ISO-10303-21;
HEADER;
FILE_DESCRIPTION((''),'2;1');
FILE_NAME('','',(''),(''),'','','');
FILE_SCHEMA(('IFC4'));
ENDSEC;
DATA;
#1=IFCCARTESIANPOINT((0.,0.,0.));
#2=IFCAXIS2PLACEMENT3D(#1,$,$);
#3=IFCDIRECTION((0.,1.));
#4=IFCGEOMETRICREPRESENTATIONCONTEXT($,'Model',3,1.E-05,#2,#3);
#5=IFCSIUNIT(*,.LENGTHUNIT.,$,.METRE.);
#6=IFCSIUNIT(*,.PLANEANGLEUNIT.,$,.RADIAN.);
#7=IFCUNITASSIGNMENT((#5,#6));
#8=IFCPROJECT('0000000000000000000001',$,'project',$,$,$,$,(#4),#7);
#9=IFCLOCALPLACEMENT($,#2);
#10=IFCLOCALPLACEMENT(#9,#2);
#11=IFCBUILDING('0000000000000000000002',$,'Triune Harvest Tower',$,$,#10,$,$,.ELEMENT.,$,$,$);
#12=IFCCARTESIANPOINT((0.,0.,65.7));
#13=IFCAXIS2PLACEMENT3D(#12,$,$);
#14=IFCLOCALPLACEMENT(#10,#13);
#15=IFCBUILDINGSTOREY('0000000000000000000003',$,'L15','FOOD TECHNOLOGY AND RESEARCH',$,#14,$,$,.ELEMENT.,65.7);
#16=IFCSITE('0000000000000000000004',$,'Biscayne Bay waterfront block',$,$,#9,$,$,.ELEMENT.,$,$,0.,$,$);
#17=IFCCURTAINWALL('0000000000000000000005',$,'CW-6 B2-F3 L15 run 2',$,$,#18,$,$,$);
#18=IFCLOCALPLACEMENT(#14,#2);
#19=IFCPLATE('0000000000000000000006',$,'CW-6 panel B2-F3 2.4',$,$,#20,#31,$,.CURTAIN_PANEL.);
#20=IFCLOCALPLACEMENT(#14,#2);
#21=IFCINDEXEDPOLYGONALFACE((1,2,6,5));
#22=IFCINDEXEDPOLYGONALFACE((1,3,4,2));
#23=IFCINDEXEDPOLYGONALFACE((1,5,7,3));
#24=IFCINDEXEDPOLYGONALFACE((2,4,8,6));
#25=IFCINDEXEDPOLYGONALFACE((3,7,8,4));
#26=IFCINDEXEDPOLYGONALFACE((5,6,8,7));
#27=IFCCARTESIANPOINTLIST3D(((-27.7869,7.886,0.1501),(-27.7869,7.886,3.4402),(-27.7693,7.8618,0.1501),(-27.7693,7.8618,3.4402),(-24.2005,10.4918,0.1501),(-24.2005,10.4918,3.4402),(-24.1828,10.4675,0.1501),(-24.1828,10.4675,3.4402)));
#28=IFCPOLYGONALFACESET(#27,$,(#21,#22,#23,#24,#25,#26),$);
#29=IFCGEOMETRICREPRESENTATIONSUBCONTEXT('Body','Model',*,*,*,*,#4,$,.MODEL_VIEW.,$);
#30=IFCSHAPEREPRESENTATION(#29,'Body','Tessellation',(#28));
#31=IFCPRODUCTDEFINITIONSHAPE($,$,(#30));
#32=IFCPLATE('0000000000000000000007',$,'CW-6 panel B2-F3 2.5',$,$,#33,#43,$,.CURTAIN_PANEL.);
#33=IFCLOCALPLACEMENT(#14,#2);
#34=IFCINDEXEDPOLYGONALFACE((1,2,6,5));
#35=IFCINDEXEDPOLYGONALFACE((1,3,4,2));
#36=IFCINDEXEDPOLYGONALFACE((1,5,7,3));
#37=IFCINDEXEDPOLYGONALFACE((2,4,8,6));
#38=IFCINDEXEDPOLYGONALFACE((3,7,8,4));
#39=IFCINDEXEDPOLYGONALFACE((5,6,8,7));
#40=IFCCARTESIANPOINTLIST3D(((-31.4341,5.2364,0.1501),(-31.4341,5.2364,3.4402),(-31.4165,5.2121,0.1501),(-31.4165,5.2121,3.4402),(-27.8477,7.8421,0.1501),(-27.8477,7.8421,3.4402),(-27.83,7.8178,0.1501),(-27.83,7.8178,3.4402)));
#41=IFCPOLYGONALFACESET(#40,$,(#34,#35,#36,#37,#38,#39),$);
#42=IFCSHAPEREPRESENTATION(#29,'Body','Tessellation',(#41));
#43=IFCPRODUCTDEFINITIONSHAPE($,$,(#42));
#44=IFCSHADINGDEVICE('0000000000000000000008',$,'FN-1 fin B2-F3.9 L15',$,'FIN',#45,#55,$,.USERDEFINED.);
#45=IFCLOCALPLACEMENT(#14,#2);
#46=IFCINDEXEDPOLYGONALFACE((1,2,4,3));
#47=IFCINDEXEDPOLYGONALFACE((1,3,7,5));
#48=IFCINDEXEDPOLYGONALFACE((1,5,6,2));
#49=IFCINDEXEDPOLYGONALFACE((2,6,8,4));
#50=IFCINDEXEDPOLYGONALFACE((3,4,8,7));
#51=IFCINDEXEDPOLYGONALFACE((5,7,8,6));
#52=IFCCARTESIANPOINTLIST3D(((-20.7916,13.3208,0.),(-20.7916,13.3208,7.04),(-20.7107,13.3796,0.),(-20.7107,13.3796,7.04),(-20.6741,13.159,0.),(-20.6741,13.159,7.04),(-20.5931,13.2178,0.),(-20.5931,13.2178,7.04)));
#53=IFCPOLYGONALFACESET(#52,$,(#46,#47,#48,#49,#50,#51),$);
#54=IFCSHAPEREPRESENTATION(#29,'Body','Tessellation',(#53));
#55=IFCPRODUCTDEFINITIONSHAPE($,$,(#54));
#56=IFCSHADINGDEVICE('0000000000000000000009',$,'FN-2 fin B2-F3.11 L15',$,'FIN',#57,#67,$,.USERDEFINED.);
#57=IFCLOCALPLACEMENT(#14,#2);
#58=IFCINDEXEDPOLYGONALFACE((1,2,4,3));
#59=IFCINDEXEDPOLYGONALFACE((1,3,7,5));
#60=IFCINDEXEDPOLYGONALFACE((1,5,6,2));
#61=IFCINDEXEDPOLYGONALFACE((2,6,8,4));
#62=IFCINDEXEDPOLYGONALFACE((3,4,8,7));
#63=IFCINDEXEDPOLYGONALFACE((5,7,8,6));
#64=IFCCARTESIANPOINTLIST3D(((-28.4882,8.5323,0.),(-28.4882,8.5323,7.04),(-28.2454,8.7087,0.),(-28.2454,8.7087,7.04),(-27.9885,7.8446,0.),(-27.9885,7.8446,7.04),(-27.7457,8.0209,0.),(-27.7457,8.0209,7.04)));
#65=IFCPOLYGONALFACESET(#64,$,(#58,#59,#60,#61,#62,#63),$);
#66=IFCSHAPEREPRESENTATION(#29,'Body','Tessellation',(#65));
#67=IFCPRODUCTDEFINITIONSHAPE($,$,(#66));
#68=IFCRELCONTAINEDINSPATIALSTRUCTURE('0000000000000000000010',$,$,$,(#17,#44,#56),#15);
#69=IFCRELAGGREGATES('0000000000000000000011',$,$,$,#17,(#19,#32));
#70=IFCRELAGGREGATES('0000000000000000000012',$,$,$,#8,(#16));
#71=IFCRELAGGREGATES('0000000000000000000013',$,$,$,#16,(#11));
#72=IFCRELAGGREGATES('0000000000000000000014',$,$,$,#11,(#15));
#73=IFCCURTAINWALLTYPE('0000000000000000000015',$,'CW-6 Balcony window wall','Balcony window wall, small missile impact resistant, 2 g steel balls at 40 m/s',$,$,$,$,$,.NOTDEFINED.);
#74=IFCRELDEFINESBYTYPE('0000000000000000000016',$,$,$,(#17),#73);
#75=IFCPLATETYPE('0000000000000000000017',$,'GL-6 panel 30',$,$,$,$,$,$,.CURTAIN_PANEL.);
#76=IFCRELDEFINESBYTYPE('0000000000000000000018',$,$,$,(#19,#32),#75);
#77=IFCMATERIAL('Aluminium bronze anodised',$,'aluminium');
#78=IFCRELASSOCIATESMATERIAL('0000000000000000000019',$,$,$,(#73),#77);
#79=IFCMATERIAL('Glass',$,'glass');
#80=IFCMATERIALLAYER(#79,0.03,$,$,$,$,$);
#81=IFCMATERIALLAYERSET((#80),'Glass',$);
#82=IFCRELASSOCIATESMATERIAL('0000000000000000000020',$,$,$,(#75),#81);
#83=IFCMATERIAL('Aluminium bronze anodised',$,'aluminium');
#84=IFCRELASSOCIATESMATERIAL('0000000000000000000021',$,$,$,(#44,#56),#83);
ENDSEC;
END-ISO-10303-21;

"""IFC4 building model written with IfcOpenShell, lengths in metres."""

from ifc_helpers import new_model, si_unit, direction, frame, origin, origin_2d, place, context, subcontext, project, spatial, rectangle, extrude, source, transform, mapped, material, layer, layer_set, type_object, element, aggregate, save


model = new_model("IFC4")

# Units and contexts
model_context = context("Model", 3, precision=1e-05, world=origin(), true_north=direction((0.0, 1.0)))
body_context = subcontext(model_context, "Body", "Model", "MODEL_VIEW")
ifc_project = project(units=[si_unit("LENGTHUNIT", "METRE"), si_unit("PLANEANGLEUNIT", "RADIAN")], contexts=[model_context])

# Site, building, storey
site_placement = place(None, origin())
site = spatial("IfcSite", under=ifc_project, at=site_placement, Name="Biscayne Bay waterfront block", CompositionType="ELEMENT", RefElevation=0.0)
building_placement = place(site_placement, origin())
building = spatial("IfcBuilding", under=site, at=building_placement, Name="Triune Harvest Tower", CompositionType="ELEMENT")
storey_placement = place(building_placement, frame((0.0, 0.0, 65.7)))
storey = spatial("IfcBuildingStorey", under=building, at=storey_placement, Name="L15", Description="FOOD TECHNOLOGY AND RESEARCH", CompositionType="ELEMENT", Elevation=65.7)

# Curtain wall
ifc_material_1 = material(Name="Aluminium bronze anodised", Category="aluminium")
curtain_wall_type_1 = type_object("IfcCurtainWallType", Name="CW-6 Balcony window wall", Description="Balcony window wall, small missile impact resistant, 2 g steel balls at 40 m/s", PredefinedType="NOTDEFINED", material=ifc_material_1)
curtain_wall_1_placement = place(storey_placement, origin())
curtain_wall_1 = element("IfcCurtainWall", 1, at=curtain_wall_1_placement, inside=storey, type_object=curtain_wall_type_1, Name="CW-6 B2-F3 L15 run 2")

# Plates
ifc_material_2 = material(Name="Glass", Category="glass")
ifc_layer_1 = layer(ifc_material_2, 0.03)
ifc_layer_set_1 = layer_set([ifc_layer_1], Name="Glass")
plate_type_1 = type_object("IfcPlateType", Name="GL-6 panel 30", PredefinedType="CURTAIN_PANEL", material=ifc_layer_set_1)
shared_shape_1 = source(origin(), body_context, "Body", "SweptSolid", [
    extrude(rectangle(XDim=4.4331, YDim=0.03, at=origin_2d()), origin(), (0.0, 0.0, 1.0), 3.29),
])
plate_1_placement = place(storey_placement, frame((-25.9849, 9.1768, 0.1501), z_axis=(0.0, 0.0, 1.0), x_axis=(-0.809017, -0.587785, 0.0)))
plate_1 = element("IfcPlate", 2, at=plate_1_placement, type_object=plate_type_1, Name="CW-6 panel B2-F3 2.4", PredefinedType="CURTAIN_PANEL", context=body_context, shape_type="MappedRepresentation", body=[
    mapped(shared_shape_1, transform((0.0, 0.0, 0.0), scale=1.0)),
])
plate_2_placement = place(storey_placement, frame((-29.6321, 6.5271, 0.1501), z_axis=(0.0, 0.0, 1.0), x_axis=(-0.809017, -0.587785, 0.0)))
plate_2 = element("IfcPlate", 3, at=plate_2_placement, type_object=plate_type_1, Name="CW-6 panel B2-F3 2.5", PredefinedType="CURTAIN_PANEL", context=body_context, shape_type="MappedRepresentation", body=[
    mapped(shared_shape_1, transform((0.0, 0.0, 0.0), scale=1.0)),
])
aggregate(curtain_wall_1, [plate_1, plate_2])

# Shading devices
ifc_material_3 = material(Name="Aluminium bronze anodised", Category="aluminium")
shared_shape_2 = source(origin(), body_context, "Body", "SweptSolid", [
    extrude(rectangle(XDim=0.1001, YDim=0.2, at=origin_2d()), origin(), (0.0, 0.0, 1.0), 7.04),
])
shading_device_1_placement = place(storey_placement, frame((-20.6924, 13.2693, 0.0), z_axis=(0.0, 0.0, 1.0), x_axis=(-0.809017, -0.587785, 0.0)))
element("IfcShadingDevice", 4, at=shading_device_1_placement, inside=storey, material=ifc_material_3, Name="FN-1 fin B2-F3.9 L15", ObjectType="FIN", PredefinedType="USERDEFINED", context=body_context, shape_type="MappedRepresentation", body=[
    mapped(shared_shape_2, transform((0.0, 0.0, 0.0), scale=1.0)),
])
shared_shape_3 = source(origin(), body_context, "Body", "SweptSolid", [
    extrude(rectangle(XDim=0.3, YDim=0.8501, at=origin_2d()), origin(), (0.0, 0.0, 1.0), 7.04),
])
shading_device_2_placement = place(storey_placement, frame((-28.1169, 8.2766, 0.0), z_axis=(0.0, 0.0, 1.0), x_axis=(-0.809017, -0.587785, 0.0)))
element("IfcShadingDevice", 5, at=shading_device_2_placement, inside=storey, material=ifc_material_3, Name="FN-2 fin B2-F3.11 L15", ObjectType="FIN", PredefinedType="USERDEFINED", context=body_context, shape_type="MappedRepresentation", body=[
    mapped(shared_shape_3, transform((0.0, 0.0, 0.0), scale=1.0)),
])

save(model, "model.ifc")
